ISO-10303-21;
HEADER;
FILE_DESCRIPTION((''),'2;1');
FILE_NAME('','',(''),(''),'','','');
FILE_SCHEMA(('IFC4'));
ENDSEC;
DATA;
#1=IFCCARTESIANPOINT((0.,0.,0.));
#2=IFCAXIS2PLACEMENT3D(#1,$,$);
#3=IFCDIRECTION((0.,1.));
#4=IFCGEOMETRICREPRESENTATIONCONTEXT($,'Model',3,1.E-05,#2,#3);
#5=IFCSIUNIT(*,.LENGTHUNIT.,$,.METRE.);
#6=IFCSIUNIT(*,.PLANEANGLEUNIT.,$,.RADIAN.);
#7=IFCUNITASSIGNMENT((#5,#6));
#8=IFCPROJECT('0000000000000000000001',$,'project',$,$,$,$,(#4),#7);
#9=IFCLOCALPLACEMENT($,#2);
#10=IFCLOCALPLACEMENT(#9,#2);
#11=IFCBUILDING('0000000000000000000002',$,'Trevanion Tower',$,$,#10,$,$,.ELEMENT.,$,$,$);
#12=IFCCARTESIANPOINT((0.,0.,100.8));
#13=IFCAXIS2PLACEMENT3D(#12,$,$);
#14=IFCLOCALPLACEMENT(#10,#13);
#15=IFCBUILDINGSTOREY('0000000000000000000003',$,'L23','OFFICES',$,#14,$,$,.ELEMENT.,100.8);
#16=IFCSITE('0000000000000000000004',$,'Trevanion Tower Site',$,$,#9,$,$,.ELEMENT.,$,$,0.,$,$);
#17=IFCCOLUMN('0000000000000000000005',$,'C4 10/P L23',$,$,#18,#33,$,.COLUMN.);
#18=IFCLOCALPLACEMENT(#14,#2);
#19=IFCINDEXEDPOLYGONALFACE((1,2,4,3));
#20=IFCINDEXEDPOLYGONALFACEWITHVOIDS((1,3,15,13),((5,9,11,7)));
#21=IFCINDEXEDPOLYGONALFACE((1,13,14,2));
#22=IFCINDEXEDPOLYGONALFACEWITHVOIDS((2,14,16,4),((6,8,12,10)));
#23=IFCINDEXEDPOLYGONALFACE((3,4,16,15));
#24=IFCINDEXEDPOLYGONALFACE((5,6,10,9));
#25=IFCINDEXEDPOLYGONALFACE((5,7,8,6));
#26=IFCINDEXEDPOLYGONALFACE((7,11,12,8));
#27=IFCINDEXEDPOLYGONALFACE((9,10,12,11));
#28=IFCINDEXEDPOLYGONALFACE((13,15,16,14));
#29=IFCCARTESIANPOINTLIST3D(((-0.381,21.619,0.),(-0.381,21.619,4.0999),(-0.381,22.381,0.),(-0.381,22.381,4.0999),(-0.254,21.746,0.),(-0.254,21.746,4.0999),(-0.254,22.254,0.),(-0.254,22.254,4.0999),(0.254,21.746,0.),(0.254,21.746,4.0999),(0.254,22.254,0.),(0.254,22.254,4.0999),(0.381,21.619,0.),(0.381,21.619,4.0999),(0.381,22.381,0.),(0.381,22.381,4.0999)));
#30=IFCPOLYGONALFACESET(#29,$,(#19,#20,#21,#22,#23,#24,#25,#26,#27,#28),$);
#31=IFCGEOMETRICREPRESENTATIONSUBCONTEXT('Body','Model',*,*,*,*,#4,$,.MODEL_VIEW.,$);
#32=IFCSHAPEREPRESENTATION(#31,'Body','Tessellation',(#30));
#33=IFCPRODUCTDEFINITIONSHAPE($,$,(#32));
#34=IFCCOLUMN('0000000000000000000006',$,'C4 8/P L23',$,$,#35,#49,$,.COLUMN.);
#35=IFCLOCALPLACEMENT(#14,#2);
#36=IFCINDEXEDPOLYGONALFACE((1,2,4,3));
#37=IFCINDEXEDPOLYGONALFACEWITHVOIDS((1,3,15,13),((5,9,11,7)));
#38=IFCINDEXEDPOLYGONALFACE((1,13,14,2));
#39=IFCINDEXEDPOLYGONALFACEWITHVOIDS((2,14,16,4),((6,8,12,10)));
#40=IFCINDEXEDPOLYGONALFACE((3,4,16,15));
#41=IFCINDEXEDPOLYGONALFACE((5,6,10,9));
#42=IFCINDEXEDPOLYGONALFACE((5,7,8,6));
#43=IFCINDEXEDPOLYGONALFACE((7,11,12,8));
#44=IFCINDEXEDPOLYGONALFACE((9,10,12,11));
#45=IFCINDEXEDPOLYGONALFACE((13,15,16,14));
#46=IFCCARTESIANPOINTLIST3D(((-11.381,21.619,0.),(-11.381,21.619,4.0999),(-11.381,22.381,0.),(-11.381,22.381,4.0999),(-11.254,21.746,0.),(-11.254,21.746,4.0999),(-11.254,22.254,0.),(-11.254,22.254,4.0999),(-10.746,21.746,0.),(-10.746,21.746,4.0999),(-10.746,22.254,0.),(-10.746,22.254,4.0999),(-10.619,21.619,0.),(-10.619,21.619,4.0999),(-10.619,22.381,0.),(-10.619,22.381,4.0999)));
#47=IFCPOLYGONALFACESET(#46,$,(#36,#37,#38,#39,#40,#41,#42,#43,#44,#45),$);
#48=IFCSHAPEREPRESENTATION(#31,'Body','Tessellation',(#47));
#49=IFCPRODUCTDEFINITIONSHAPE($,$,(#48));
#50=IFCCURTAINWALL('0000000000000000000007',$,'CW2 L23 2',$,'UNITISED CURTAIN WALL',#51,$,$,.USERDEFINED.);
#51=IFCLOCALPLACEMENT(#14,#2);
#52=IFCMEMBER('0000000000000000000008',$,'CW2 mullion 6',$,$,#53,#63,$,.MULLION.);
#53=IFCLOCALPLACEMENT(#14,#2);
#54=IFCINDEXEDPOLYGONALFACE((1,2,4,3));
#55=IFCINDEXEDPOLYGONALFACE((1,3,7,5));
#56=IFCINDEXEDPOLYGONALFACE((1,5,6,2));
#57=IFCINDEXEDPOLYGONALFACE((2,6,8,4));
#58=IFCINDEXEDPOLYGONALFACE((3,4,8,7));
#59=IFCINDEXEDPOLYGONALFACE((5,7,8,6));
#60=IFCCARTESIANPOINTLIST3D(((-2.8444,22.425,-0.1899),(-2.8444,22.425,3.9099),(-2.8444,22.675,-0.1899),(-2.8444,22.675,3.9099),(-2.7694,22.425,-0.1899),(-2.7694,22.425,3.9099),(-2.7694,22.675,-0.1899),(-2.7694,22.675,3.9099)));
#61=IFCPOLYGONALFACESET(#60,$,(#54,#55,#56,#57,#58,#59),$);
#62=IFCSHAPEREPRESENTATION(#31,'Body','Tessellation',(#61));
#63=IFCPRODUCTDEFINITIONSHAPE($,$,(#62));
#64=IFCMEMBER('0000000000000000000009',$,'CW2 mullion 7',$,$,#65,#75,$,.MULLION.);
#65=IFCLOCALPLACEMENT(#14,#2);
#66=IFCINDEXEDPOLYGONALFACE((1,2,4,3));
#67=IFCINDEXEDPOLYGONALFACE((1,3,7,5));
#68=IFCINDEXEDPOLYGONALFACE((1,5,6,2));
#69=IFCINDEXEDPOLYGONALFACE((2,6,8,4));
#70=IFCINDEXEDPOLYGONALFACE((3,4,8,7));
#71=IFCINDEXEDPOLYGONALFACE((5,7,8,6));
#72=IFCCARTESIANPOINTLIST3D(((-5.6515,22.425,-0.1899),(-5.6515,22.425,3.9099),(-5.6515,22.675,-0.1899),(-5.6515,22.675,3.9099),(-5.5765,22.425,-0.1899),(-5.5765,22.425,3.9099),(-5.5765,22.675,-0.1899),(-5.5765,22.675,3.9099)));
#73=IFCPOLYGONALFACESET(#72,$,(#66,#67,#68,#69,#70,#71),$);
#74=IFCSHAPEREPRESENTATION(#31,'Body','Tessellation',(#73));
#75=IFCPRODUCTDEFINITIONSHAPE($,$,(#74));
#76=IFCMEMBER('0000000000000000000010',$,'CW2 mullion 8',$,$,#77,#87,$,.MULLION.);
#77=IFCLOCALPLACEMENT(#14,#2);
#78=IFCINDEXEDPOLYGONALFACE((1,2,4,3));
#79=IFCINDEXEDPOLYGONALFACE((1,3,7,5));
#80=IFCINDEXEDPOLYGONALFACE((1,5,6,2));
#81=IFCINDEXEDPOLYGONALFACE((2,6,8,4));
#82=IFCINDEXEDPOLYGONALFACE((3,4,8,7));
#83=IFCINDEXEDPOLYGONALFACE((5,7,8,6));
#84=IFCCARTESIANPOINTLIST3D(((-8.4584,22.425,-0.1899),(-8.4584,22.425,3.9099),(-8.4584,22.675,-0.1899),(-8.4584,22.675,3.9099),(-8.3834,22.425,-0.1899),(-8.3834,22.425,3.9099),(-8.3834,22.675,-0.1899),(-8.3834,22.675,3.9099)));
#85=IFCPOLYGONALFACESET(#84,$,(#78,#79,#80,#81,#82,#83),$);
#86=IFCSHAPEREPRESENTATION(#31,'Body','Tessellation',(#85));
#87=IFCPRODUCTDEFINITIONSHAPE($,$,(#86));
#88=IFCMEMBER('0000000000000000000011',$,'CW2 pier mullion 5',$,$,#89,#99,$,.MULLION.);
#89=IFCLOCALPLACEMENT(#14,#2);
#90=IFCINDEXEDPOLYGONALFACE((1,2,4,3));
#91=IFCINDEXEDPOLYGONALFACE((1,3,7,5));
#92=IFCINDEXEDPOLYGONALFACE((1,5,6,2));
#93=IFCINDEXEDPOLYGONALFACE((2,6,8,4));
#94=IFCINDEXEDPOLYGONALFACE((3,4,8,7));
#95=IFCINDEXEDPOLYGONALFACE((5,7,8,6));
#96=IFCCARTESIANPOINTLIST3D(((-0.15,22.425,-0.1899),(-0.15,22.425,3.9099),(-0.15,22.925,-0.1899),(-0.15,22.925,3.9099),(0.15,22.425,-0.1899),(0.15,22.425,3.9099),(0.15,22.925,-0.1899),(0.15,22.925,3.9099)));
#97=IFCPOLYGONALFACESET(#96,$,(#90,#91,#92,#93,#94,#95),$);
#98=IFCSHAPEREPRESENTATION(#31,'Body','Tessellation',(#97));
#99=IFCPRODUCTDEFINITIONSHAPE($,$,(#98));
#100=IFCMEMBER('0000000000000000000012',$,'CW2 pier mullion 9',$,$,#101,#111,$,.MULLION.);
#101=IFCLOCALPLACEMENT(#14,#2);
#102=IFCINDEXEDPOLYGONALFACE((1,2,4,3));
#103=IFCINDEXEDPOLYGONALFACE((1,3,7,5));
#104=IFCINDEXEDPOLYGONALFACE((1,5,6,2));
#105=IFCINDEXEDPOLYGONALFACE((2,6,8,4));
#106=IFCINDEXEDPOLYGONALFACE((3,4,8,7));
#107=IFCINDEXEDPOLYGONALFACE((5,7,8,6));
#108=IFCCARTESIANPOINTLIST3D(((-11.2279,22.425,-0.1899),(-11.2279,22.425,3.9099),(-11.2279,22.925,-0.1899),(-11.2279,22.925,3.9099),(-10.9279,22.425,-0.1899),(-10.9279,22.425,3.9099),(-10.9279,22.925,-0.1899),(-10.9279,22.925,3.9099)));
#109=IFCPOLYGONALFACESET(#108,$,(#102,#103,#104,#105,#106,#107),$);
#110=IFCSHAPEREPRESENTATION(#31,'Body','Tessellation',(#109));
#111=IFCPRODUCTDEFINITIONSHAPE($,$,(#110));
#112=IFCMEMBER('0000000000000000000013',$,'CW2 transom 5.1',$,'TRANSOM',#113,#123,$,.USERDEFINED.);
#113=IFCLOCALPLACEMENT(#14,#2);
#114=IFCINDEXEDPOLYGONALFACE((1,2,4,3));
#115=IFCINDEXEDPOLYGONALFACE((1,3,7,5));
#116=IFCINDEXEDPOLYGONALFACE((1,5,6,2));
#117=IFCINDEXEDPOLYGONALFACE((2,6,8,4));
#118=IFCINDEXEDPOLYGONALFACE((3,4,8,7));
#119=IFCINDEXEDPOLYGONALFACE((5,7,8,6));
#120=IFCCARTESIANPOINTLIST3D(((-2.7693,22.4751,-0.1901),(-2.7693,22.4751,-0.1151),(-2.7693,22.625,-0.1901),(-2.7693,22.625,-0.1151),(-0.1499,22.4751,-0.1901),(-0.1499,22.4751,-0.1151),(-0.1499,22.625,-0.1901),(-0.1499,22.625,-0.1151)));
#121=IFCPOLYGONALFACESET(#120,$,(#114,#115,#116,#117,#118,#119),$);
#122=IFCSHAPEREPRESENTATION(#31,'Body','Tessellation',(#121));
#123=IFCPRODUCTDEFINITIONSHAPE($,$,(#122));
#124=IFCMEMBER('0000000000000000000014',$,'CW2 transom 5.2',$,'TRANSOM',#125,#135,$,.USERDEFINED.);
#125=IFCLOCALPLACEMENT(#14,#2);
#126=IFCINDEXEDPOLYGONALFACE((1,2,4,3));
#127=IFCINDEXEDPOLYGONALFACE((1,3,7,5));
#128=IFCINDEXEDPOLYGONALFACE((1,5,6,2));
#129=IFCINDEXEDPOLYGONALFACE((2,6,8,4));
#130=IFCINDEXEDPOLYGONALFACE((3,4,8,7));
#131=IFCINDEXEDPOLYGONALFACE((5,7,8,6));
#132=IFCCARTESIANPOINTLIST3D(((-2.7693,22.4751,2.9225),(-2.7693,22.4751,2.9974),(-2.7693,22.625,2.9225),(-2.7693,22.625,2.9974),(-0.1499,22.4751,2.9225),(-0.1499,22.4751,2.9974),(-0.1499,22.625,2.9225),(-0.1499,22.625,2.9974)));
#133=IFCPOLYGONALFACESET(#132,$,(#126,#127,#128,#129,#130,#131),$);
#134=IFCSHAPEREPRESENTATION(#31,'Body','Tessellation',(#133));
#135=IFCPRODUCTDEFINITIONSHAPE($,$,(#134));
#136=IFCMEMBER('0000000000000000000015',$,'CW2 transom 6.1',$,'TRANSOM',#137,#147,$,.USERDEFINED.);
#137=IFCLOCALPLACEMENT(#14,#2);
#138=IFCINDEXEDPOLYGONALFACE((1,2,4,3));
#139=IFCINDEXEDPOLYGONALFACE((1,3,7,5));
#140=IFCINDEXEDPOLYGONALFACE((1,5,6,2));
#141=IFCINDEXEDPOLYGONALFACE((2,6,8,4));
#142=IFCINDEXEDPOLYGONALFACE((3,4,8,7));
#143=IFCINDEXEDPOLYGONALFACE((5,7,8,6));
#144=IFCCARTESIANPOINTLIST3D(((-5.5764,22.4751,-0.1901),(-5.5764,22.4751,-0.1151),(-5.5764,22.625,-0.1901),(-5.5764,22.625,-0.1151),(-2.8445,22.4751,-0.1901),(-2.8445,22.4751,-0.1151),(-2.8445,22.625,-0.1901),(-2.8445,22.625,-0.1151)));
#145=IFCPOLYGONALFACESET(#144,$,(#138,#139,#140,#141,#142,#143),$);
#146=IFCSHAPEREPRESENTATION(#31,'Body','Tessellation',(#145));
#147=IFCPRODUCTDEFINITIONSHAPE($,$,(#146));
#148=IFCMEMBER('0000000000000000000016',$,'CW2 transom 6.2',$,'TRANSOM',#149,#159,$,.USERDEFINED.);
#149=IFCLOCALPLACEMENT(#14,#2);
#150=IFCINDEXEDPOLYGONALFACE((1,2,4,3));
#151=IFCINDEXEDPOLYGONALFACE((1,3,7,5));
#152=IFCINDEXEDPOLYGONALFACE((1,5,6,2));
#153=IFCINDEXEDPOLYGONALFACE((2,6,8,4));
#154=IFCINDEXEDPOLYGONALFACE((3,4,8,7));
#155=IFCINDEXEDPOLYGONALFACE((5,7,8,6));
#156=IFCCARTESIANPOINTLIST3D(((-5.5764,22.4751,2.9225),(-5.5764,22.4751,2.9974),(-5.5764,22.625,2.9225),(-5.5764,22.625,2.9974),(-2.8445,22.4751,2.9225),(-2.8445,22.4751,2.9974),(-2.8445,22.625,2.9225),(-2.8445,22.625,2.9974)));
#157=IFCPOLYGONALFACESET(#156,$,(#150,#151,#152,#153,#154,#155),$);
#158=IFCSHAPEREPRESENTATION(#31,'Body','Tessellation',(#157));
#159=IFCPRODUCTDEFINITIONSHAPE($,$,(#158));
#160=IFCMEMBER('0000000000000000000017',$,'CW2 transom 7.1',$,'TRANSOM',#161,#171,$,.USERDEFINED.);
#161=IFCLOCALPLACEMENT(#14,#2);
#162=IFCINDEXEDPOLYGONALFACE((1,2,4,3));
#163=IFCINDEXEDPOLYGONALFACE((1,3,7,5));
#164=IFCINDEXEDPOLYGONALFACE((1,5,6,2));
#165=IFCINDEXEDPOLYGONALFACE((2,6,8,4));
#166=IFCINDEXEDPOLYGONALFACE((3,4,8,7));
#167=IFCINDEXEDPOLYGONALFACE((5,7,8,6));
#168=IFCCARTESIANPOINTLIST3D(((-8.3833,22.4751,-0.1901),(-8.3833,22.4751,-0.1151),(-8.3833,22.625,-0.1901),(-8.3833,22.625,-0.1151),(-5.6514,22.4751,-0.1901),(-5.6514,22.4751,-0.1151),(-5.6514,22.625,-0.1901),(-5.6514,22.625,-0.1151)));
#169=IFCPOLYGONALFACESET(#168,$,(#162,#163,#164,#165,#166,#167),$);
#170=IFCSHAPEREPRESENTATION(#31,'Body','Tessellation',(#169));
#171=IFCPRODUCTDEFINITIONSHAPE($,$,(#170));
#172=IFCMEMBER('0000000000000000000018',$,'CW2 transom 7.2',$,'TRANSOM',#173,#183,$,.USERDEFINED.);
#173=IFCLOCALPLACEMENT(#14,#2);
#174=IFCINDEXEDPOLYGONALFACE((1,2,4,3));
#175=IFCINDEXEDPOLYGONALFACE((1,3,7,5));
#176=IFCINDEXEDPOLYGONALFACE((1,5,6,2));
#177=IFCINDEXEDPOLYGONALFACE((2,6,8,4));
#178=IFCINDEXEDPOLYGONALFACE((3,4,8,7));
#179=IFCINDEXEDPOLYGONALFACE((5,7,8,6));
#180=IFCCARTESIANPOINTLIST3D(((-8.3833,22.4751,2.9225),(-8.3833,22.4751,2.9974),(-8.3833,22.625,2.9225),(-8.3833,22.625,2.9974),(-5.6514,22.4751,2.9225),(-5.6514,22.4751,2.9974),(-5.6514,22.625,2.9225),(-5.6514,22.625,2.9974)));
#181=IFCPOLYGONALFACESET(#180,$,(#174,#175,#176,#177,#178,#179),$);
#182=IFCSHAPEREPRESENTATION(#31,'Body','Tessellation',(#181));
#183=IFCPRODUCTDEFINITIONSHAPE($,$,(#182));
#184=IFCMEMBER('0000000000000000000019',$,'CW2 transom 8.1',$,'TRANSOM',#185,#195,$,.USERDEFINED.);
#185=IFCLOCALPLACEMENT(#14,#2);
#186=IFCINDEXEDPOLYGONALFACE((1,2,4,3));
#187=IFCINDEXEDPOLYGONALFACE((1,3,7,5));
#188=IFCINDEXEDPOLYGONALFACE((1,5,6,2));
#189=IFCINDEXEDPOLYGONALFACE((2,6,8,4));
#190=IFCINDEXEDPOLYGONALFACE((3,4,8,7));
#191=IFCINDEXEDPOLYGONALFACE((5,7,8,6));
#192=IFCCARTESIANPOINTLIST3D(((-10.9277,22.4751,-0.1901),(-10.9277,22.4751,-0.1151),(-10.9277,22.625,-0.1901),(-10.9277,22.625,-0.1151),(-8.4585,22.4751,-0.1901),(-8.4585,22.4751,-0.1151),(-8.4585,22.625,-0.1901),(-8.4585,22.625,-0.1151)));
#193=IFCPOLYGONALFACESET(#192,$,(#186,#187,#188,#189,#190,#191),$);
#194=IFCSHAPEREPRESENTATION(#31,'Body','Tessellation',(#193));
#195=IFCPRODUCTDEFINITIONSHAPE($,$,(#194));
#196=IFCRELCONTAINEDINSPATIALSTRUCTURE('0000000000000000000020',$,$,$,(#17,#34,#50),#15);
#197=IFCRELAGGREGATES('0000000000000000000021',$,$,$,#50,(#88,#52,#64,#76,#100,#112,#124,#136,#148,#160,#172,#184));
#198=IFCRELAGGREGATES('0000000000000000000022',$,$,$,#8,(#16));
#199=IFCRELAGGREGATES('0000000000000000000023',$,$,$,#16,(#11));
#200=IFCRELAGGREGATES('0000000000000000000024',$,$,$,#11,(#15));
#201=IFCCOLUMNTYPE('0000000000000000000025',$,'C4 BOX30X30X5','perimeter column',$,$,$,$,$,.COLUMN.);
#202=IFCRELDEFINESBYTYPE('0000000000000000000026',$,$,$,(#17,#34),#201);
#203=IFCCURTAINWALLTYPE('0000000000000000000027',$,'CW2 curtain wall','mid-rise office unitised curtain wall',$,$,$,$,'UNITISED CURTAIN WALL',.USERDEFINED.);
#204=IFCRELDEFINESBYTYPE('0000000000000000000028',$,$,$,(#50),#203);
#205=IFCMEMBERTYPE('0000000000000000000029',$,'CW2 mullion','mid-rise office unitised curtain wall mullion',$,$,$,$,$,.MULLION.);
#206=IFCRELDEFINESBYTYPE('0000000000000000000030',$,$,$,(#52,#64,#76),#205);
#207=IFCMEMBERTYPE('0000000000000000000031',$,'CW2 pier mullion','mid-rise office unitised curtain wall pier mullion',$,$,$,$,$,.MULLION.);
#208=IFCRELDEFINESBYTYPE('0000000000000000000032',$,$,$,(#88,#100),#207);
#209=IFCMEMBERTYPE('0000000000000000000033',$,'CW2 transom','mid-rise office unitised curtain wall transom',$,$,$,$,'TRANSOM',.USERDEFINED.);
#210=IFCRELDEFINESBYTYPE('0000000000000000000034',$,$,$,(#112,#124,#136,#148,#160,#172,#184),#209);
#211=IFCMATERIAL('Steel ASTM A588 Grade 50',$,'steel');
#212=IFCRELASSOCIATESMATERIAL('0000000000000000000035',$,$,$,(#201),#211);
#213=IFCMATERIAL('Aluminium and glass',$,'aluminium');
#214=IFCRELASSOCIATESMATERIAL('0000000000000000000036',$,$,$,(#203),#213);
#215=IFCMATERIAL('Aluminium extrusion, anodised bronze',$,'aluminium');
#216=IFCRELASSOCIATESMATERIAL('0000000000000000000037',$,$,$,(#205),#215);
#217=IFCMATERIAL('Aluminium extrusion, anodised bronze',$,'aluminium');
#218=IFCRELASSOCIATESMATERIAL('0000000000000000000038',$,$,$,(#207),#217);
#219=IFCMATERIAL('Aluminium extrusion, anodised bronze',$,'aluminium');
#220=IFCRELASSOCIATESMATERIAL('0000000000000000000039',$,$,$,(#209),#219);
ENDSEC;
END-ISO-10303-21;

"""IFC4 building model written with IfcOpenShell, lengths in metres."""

from ifc_helpers import new_model, si_unit, direction, frame, origin, origin_2d, place, context, subcontext, project, spatial, rectangle, hollow_rectangle, extrude, material, material_profile, profile_set, type_object, element, aggregate, save


model = new_model("IFC4")

# Units and contexts
model_context = context("Model", 3, precision=1e-05, world=origin(), true_north=direction((0.0, 1.0)))
body_context = subcontext(model_context, "Body", "Model", "MODEL_VIEW")
ifc_project = project(units=[si_unit("LENGTHUNIT", "METRE"), si_unit("PLANEANGLEUNIT", "RADIAN")], contexts=[model_context])

# Site, building, storey
site_placement = place(None, origin())
site = spatial("IfcSite", under=ifc_project, at=site_placement, Name="Trevanion Tower Site", CompositionType="ELEMENT", RefElevation=0.0)
building_placement = place(site_placement, origin())
building = spatial("IfcBuilding", under=site, at=building_placement, Name="Trevanion Tower", CompositionType="ELEMENT")
storey_placement = place(building_placement, frame((0.0, 0.0, 100.8)))
storey = spatial("IfcBuildingStorey", under=building, at=storey_placement, Name="L23", Description="OFFICES", CompositionType="ELEMENT", Elevation=100.8)

# Columns
ifc_material_1 = material(Name="Steel ASTM A588 Grade 50", Category="steel")
ifc_material_profile_1 = material_profile(ifc_material_1, hollow_rectangle(XDim=0.762, YDim=0.762, WallThickness=0.127, at=origin_2d()), Name="BOX30X30X5")
ifc_profile_set_1 = profile_set([ifc_material_profile_1], Name="Steel ASTM A588 Grade 50")
column_type = type_object("IfcColumnType", Name="C4 BOX30X30X5", Description="perimeter column", PredefinedType="COLUMN", material=ifc_profile_set_1)
for number, where, z_axis, x_axis, name in (
    (1, (0.0, 22.0, 0.0), (0.0, 0.0, 1.0), (1.0, 0.0, 0.0), "C4 10/P L23"),
    (2, (-11.0, 22.0, 0.0), (0.0, 0.0, 1.0), (1.0, 0.0, 0.0), "C4 8/P L23"),
):
    element("IfcColumn", number, at=place(storey_placement, frame(where, z_axis=z_axis, x_axis=x_axis)), inside=storey, type_object=column_type, Name=name, PredefinedType="COLUMN", context=body_context, shape_type="SweptSolid", body=[
        extrude(hollow_rectangle(XDim=0.762, YDim=0.762, WallThickness=0.127, at=origin_2d()), origin(), (0.0, 0.0, 1.0), 4.0999),
    ])

# Curtain wall, members
ifc_material_2 = material(Name="Aluminium and glass", Category="aluminium")
curtain_wall_type = type_object("IfcCurtainWallType", Name="CW2 curtain wall", Description="mid-rise office unitised curtain wall", ElementType="UNITISED CURTAIN WALL", PredefinedType="USERDEFINED", material=ifc_material_2)
curtain_wall_placement = place(storey_placement, origin())
curtain_wall = element("IfcCurtainWall", 3, at=curtain_wall_placement, inside=storey, type_object=curtain_wall_type, Name="CW2 L23 2", ObjectType="UNITISED CURTAIN WALL", PredefinedType="USERDEFINED")
ifc_material_3 = material(Name="Aluminium extrusion, anodised bronze", Category="aluminium")
ifc_material_profile_2 = material_profile(ifc_material_3, rectangle(XDim=0.075, YDim=0.25, at=origin_2d()), Name="CW2 mullion")
ifc_profile_set_2 = profile_set([ifc_material_profile_2], Name="Aluminium extrusion, anodised bronze")
member_type_1 = type_object("IfcMemberType", Name="CW2 mullion", Description="mid-rise office unitised curtain wall mullion", PredefinedType="MULLION", material=ifc_profile_set_2)
member_1_placement = place(storey_placement, frame((-2.8069, 22.55, -0.1899), z_axis=(0.0, 0.0, 1.0), x_axis=(-1.0, 0.0, 0.0)))
member_1 = element("IfcMember", 4, at=member_1_placement, type_object=member_type_1, Name="CW2 mullion 6", PredefinedType="MULLION", context=body_context, shape_type="SweptSolid", body=[
    extrude(rectangle(XDim=0.075, YDim=0.25, at=origin_2d()), origin(), (0.0, 0.0, 1.0), 4.0999),
])
member_2_placement = place(storey_placement, frame((-5.614, 22.55, -0.1899), z_axis=(0.0, 0.0, 1.0), x_axis=(-1.0, 0.0, 0.0)))
member_2 = element("IfcMember", 5, at=member_2_placement, type_object=member_type_1, Name="CW2 mullion 7", PredefinedType="MULLION", context=body_context, shape_type="SweptSolid", body=[
    extrude(rectangle(XDim=0.075, YDim=0.25, at=origin_2d()), origin(), (0.0, 0.0, 1.0), 4.0999),
])
member_3_placement = place(storey_placement, frame((-8.4209, 22.55, -0.1899), z_axis=(0.0, 0.0, 1.0), x_axis=(-1.0, 0.0, 0.0)))
member_3 = element("IfcMember", 6, at=member_3_placement, type_object=member_type_1, Name="CW2 mullion 8", PredefinedType="MULLION", context=body_context, shape_type="SweptSolid", body=[
    extrude(rectangle(XDim=0.075, YDim=0.25, at=origin_2d()), origin(), (0.0, 0.0, 1.0), 4.0999),
])
ifc_material_4 = material(Name="Aluminium extrusion, anodised bronze", Category="aluminium")
ifc_material_profile_3 = material_profile(ifc_material_4, rectangle(XDim=0.3, YDim=0.5, at=origin_2d()), Name="CW2 pier mullion")
ifc_profile_set_3 = profile_set([ifc_material_profile_3], Name="Aluminium extrusion, anodised bronze")
member_type_2 = type_object("IfcMemberType", Name="CW2 pier mullion", Description="mid-rise office unitised curtain wall pier mullion", PredefinedType="MULLION", material=ifc_profile_set_3)
member_4_placement = place(storey_placement, frame((0.0, 22.675, -0.1899), z_axis=(0.0, 0.0, 1.0), x_axis=(-1.0, 0.0, 0.0)))
member_4 = element("IfcMember", 7, at=member_4_placement, type_object=member_type_2, Name="CW2 pier mullion 5", PredefinedType="MULLION", context=body_context, shape_type="SweptSolid", body=[
    extrude(rectangle(XDim=0.3, YDim=0.5, at=origin_2d()), origin(), (0.0, 0.0, 1.0), 4.0999),
])
member_5_placement = place(storey_placement, frame((-11.0779, 22.675, -0.1899), z_axis=(0.0, 0.0, 1.0), x_axis=(-1.0, 0.0, 0.0)))
member_5 = element("IfcMember", 8, at=member_5_placement, type_object=member_type_2, Name="CW2 pier mullion 9", PredefinedType="MULLION", context=body_context, shape_type="SweptSolid", body=[
    extrude(rectangle(XDim=0.3, YDim=0.5, at=origin_2d()), origin(), (0.0, 0.0, 1.0), 4.0999),
])
ifc_material_5 = material(Name="Aluminium extrusion, anodised bronze", Category="aluminium")
ifc_material_profile_4 = material_profile(ifc_material_5, rectangle(XDim=0.1499, YDim=0.075, at=origin_2d()), Name="CW2 transom")
ifc_profile_set_4 = profile_set([ifc_material_profile_4], Name="Aluminium extrusion, anodised bronze")
member_type_3 = type_object("IfcMemberType", Name="CW2 transom", Description="mid-rise office unitised curtain wall transom", ElementType="TRANSOM", PredefinedType="USERDEFINED", material=ifc_profile_set_4)
member_6_placement = place(storey_placement, frame((-0.1499, 22.55, -0.1526), z_axis=(-1.0, 0.0, 0.0), x_axis=(0.0, -1.0, 0.0)))
member_6 = element("IfcMember", 9, at=member_6_placement, type_object=member_type_3, Name="CW2 transom 5.1", ObjectType="TRANSOM", PredefinedType="USERDEFINED", context=body_context, shape_type="SweptSolid", body=[
    extrude(rectangle(XDim=0.1499, YDim=0.075, at=origin_2d()), origin(), (0.0, 0.0, 1.0), 2.6194),
])
member_7_placement = place(storey_placement, frame((-0.1499, 22.55, 2.96), z_axis=(-1.0, 0.0, 0.0), x_axis=(0.0, -1.0, 0.0)))
member_7 = element("IfcMember", 10, at=member_7_placement, type_object=member_type_3, Name="CW2 transom 5.2", ObjectType="TRANSOM", PredefinedType="USERDEFINED", context=body_context, shape_type="SweptSolid", body=[
    extrude(rectangle(XDim=0.1499, YDim=0.075, at=origin_2d()), origin(), (0.0, 0.0, 1.0), 2.6194),
])
member_8_placement = place(storey_placement, frame((-2.8445, 22.55, -0.1526), z_axis=(-1.0, 0.0, 0.0), x_axis=(0.0, -1.0, 0.0)))
member_8 = element("IfcMember", 11, at=member_8_placement, type_object=member_type_3, Name="CW2 transom 6.1", ObjectType="TRANSOM", PredefinedType="USERDEFINED", context=body_context, shape_type="SweptSolid", body=[
    extrude(rectangle(XDim=0.1499, YDim=0.075, at=origin_2d()), origin(), (0.0, 0.0, 1.0), 2.7319),
])
member_9_placement = place(storey_placement, frame((-2.8445, 22.55, 2.96), z_axis=(-1.0, 0.0, 0.0), x_axis=(0.0, -1.0, 0.0)))
member_9 = element("IfcMember", 12, at=member_9_placement, type_object=member_type_3, Name="CW2 transom 6.2", ObjectType="TRANSOM", PredefinedType="USERDEFINED", context=body_context, shape_type="SweptSolid", body=[
    extrude(rectangle(XDim=0.1499, YDim=0.075, at=origin_2d()), origin(), (0.0, 0.0, 1.0), 2.7319),
])
member_10_placement = place(storey_placement, frame((-5.6514, 22.55, -0.1526), z_axis=(-1.0, 0.0, 0.0), x_axis=(0.0, -1.0, 0.0)))
member_10 = element("IfcMember", 13, at=member_10_placement, type_object=member_type_3, Name="CW2 transom 7.1", ObjectType="TRANSOM", PredefinedType="USERDEFINED", context=body_context, shape_type="SweptSolid", body=[
    extrude(rectangle(XDim=0.1499, YDim=0.075, at=origin_2d()), origin(), (0.0, 0.0, 1.0), 2.7319),
])
member_11_placement = place(storey_placement, frame((-5.6514, 22.55, 2.96), z_axis=(-1.0, 0.0, 0.0), x_axis=(0.0, -1.0, 0.0)))
member_11 = element("IfcMember", 14, at=member_11_placement, type_object=member_type_3, Name="CW2 transom 7.2", ObjectType="TRANSOM", PredefinedType="USERDEFINED", context=body_context, shape_type="SweptSolid", body=[
    extrude(rectangle(XDim=0.1499, YDim=0.075, at=origin_2d()), origin(), (0.0, 0.0, 1.0), 2.7319),
])
member_12_placement = place(storey_placement, frame((-8.4585, 22.55, -0.1526), z_axis=(-1.0, 0.0, 0.0), x_axis=(0.0, -1.0, 0.0)))
member_12 = element("IfcMember", 15, at=member_12_placement, type_object=member_type_3, Name="CW2 transom 8.1", ObjectType="TRANSOM", PredefinedType="USERDEFINED", context=body_context, shape_type="SweptSolid", body=[
    extrude(rectangle(XDim=0.1499, YDim=0.075, at=origin_2d()), origin(), (0.0, 0.0, 1.0), 2.4692),
])

aggregate(curtain_wall, [member_4, member_1, member_2, member_3, member_5, member_6, member_7, member_8, member_9, member_10, member_11, member_12])

save(model, "model.ifc")
